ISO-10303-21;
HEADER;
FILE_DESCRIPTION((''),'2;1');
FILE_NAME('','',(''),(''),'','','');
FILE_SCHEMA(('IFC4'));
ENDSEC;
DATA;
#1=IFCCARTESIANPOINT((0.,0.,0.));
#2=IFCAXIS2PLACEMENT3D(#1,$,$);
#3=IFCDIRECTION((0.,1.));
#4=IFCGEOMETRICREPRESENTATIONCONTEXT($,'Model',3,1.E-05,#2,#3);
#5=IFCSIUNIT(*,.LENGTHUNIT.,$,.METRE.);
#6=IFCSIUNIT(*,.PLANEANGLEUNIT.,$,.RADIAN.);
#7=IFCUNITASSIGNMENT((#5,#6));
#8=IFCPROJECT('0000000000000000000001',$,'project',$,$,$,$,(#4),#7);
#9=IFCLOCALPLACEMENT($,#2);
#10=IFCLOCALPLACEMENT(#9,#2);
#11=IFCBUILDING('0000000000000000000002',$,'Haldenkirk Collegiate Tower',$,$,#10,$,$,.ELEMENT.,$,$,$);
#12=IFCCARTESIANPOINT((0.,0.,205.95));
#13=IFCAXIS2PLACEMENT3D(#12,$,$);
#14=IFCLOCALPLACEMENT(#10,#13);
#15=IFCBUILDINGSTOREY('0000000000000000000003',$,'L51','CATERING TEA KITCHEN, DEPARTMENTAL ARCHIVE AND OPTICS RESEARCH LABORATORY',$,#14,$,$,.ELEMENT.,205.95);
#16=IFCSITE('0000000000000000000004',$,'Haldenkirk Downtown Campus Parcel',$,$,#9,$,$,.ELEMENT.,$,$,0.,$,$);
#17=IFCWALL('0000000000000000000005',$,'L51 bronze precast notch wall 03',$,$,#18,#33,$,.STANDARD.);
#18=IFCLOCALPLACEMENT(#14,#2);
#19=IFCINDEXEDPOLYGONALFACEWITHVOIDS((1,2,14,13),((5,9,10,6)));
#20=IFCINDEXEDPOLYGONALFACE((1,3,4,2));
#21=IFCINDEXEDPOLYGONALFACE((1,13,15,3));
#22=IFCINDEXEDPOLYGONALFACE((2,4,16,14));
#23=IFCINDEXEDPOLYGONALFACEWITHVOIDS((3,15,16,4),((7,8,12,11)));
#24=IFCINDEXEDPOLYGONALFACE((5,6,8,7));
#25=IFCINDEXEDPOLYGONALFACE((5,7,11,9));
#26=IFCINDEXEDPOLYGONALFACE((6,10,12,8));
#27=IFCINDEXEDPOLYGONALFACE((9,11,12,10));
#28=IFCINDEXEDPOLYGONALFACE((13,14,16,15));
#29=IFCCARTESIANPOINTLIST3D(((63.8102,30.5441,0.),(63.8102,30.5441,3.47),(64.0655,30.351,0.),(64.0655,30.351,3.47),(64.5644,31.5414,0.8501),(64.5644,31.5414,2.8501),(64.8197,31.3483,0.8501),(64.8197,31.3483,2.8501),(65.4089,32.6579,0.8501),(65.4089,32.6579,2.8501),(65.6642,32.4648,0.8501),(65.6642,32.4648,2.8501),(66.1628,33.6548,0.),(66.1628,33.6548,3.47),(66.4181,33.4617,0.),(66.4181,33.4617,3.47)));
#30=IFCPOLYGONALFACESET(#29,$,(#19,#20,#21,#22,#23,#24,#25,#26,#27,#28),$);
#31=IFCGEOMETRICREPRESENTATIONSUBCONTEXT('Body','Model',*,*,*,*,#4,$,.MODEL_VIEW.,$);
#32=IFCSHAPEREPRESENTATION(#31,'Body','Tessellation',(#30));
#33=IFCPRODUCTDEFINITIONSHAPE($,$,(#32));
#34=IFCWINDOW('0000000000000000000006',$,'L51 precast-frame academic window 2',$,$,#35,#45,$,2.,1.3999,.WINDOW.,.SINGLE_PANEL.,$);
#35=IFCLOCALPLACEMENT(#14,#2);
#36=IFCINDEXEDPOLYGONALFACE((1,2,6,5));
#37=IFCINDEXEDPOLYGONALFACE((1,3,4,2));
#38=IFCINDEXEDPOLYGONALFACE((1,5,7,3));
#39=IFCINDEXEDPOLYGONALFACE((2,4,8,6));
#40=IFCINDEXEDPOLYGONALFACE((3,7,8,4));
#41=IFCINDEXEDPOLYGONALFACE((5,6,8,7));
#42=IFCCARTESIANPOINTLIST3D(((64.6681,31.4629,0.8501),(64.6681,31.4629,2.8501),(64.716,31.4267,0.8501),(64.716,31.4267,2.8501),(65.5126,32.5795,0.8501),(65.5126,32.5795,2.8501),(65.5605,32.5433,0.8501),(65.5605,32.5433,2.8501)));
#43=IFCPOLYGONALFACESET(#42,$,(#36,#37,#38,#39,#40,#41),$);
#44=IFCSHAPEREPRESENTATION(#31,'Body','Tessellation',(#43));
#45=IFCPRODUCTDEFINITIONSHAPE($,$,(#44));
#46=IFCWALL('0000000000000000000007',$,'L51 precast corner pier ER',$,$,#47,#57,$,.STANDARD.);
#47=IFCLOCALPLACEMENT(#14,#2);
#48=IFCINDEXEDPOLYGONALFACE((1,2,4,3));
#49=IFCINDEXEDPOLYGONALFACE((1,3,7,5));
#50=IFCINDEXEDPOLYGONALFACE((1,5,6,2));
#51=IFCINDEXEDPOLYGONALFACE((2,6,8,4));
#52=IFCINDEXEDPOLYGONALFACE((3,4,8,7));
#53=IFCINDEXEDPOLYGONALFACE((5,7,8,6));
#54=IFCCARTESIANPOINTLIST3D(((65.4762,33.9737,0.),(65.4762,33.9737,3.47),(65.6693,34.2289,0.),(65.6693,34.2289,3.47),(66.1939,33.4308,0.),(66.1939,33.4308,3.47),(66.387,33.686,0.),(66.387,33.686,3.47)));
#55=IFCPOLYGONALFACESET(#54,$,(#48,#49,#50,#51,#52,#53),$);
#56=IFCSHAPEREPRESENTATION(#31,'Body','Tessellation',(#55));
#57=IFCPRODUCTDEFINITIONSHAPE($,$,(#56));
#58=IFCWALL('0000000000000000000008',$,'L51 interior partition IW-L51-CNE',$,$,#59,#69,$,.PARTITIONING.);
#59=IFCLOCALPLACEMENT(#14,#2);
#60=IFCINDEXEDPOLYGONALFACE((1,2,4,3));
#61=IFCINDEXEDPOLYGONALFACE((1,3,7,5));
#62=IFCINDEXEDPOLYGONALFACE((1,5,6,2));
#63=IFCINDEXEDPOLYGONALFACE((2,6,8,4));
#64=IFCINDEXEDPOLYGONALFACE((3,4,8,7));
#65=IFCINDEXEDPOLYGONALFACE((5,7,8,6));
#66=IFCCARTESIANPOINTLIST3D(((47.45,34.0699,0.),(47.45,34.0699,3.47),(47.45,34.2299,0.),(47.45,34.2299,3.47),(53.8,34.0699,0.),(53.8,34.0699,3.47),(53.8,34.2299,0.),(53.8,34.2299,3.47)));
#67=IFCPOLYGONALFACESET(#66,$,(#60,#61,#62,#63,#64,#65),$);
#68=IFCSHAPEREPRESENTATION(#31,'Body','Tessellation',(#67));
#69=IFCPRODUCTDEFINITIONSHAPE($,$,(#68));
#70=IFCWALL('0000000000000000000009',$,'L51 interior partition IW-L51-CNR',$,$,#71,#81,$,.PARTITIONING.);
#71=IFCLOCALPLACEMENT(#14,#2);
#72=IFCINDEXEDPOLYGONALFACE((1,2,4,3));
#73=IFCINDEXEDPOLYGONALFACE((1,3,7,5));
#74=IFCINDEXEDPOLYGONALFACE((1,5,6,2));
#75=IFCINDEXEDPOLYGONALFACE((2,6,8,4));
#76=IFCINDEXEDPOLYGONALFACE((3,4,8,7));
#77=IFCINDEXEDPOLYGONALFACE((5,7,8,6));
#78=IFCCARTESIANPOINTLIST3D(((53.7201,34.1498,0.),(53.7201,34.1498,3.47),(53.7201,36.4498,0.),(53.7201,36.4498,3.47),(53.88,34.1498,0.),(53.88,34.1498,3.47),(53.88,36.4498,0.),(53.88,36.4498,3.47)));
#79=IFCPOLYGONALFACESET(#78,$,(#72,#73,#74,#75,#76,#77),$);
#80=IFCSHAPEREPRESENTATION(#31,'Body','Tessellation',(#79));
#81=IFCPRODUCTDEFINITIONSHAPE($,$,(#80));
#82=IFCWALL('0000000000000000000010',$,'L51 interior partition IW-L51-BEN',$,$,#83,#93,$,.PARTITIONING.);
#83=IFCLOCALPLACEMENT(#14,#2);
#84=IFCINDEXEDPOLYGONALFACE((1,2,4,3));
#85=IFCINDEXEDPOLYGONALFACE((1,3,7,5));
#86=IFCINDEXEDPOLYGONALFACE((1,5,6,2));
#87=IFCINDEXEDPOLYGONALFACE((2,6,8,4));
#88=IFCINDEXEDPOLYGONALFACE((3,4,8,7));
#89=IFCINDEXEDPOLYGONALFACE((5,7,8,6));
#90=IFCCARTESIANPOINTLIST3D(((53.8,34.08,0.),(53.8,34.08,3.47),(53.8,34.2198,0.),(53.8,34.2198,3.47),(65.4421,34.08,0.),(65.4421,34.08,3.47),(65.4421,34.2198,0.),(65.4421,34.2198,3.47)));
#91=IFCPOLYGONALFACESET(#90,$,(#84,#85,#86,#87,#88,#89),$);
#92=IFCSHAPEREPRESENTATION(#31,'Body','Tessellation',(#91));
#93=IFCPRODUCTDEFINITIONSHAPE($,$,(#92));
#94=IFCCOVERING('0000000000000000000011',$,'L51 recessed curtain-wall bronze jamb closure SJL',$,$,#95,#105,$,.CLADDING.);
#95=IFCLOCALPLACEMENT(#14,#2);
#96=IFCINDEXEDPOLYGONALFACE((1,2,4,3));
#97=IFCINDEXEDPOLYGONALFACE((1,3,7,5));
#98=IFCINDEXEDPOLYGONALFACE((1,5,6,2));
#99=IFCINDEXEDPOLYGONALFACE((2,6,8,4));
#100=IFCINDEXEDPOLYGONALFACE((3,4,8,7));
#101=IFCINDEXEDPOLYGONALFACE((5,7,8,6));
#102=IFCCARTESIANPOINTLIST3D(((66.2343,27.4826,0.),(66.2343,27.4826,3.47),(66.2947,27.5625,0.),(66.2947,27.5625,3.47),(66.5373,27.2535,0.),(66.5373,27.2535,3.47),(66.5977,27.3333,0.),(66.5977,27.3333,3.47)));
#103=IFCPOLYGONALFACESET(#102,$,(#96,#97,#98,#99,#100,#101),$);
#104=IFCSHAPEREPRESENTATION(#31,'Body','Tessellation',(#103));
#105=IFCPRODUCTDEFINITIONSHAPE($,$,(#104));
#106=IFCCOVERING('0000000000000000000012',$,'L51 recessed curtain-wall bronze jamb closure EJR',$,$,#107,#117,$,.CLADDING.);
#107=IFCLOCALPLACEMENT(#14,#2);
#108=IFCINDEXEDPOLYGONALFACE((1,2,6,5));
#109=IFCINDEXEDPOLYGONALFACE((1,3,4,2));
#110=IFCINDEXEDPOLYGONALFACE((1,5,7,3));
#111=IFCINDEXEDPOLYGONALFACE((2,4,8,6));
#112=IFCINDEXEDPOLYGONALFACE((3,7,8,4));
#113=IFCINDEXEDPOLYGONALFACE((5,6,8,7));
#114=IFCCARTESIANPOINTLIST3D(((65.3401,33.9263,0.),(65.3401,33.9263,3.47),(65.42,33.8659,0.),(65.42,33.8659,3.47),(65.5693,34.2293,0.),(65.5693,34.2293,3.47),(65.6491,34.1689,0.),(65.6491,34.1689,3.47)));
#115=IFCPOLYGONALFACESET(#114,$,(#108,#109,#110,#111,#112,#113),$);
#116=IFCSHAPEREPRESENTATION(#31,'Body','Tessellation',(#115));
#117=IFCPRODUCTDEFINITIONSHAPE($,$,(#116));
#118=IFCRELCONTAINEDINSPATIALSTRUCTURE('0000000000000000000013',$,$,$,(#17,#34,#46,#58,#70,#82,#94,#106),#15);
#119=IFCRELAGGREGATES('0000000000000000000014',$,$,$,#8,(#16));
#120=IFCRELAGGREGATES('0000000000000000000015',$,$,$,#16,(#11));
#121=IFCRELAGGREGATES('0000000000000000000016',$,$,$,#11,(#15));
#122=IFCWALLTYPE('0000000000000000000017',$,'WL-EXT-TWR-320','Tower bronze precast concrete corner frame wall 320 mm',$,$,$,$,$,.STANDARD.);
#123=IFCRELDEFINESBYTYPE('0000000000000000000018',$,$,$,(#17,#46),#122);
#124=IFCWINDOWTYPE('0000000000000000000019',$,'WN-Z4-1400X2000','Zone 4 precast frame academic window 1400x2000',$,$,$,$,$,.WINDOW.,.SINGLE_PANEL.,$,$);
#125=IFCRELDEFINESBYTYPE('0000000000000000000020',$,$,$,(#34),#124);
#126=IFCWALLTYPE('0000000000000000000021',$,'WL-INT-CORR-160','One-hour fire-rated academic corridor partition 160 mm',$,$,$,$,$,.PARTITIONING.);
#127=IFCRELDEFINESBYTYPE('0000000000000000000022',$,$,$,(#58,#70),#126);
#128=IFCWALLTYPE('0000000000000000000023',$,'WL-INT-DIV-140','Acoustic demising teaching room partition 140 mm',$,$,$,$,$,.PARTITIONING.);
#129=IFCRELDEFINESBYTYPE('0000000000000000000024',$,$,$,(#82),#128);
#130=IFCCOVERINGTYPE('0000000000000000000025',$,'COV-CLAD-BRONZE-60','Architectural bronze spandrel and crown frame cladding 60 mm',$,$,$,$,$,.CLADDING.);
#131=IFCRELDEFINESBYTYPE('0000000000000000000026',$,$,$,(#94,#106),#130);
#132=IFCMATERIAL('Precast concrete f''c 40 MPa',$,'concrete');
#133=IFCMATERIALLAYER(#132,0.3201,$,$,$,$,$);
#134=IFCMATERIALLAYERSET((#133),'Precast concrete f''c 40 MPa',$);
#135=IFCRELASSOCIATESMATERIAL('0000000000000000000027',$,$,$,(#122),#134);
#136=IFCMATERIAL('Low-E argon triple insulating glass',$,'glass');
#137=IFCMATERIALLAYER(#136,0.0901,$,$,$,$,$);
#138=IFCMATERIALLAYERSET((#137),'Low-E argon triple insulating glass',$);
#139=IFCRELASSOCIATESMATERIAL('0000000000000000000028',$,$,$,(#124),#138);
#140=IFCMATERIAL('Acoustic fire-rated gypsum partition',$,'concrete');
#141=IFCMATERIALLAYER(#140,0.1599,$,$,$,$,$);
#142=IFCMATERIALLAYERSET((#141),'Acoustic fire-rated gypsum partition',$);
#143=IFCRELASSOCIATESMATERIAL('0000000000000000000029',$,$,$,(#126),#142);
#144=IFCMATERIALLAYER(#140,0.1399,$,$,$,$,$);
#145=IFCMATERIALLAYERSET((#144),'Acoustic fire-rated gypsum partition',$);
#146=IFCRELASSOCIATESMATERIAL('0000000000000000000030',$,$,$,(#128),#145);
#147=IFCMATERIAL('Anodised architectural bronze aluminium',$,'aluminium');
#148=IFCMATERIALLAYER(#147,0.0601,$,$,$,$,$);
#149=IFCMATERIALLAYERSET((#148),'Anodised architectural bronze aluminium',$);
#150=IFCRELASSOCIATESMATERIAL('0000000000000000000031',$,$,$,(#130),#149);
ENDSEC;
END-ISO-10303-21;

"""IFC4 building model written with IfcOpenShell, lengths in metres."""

from ifc_helpers import new_model, si_unit, direction, frame, frame_2d, origin, origin_2d, place, context, subcontext, project, spatial, rectangle, extrude, source, transform, mapped, material, layer, layer_set, type_object, element, fill, save


model = new_model("IFC4")

# Units and contexts
model_context = context("Model", 3, precision=1e-05, world=origin(), true_north=direction((0.0, 1.0)))
body_context = subcontext(model_context, "Body", "Model", "MODEL_VIEW")
ifc_project = project(units=[si_unit("LENGTHUNIT", "METRE"), si_unit("PLANEANGLEUNIT", "RADIAN")], contexts=[model_context])

# Site, building, storey
site_placement = place(None, origin())
site = spatial("IfcSite", under=ifc_project, at=site_placement, Name="Haldenkirk Downtown Campus Parcel", CompositionType="ELEMENT", RefElevation=0.0)
building_placement = place(site_placement, origin())
building = spatial("IfcBuilding", under=site, at=building_placement, Name="Haldenkirk Collegiate Tower", CompositionType="ELEMENT")
storey_placement = place(building_placement, frame((0.0, 0.0, 205.95)))
storey = spatial("IfcBuildingStorey", under=building, at=storey_placement, Name="L51", Description="CATERING TEA KITCHEN, DEPARTMENTAL ARCHIVE AND OPTICS RESEARCH LABORATORY", CompositionType="ELEMENT", Elevation=205.95)

# Shared definitions
ifc_material_1 = material(Name="Anodised architectural bronze aluminium", Category="aluminium")

# Shared definitions
ifc_material_2 = material(Name="Low-E argon triple insulating glass", Category="glass")

# Shared definitions
ifc_material_3 = material(Name="Precast concrete f'c 40 MPa", Category="concrete")
ifc_layer_1 = layer(ifc_material_3, 0.3201)
ifc_layer_set_1 = layer_set([ifc_layer_1], Name="Precast concrete f'c 40 MPa")
wall_type_1 = type_object("IfcWallType", Name="WL-EXT-TWR-320", Description="Tower bronze precast concrete corner frame wall 320 mm", PredefinedType="STANDARD", material=ifc_layer_set_1)

# Wall, opening, window
wall_1_placement = place(storey_placement, frame((66.2905, 33.5583, 0.0), z_axis=(0.0, 0.0, 1.0), x_axis=(-0.60321, -0.797582, 0.0)))
wall_1 = element("IfcWall", 1, at=wall_1_placement, inside=storey, type_object=wall_type_1, Name="L51 bronze precast notch wall 03", PredefinedType="STANDARD", context=body_context, shape_type="SweptSolid", body=[
    extrude(rectangle(XDim=3.9001, YDim=0.3201, at=frame_2d((1.9502, 0.0))), origin(), (0.0, 0.0, 1.0), 3.47),
])
opening_placement = place(wall_1_placement, frame((1.25, 0.0, 0.8501)))
opening = element("IfcOpeningElement", 2, at=opening_placement, cuts=wall_1, PredefinedType="OPENING", context=body_context, shape_type="SweptSolid", body=[
    extrude(rectangle(XDim=1.3999, YDim=2.0, at=frame_2d((0.7, 1.0))), frame((0.0, 0.1699, 0.0), z_axis=(0.0, -1.0, 0.0), x_axis=(1.0, 0.0, 0.0)), (0.0, 0.0, 1.0), 0.3401),
])
ifc_layer_2 = layer(ifc_material_2, 0.0901)
ifc_layer_set_2 = layer_set([ifc_layer_2], Name="Low-E argon triple insulating glass")
window_type = type_object("IfcWindowType", Name="WN-Z4-1400X2000", Description="Zone 4 precast frame academic window 1400x2000", PartitioningType="SINGLE_PANEL", PredefinedType="WINDOW", material=ifc_layer_set_2)
window_placement = place(opening_placement, origin())
window = element("IfcWindow", 3, at=window_placement, inside=storey, type_object=window_type, Name="L51 precast-frame academic window 2", OverallHeight=2.0, OverallWidth=1.3999, PartitioningType="SINGLE_PANEL", PredefinedType="WINDOW", context=body_context, shape_type="SweptSolid", body=[
    extrude(rectangle(XDim=1.3999, YDim=2.0, at=frame_2d((0.7, 1.0))), frame((0.0, 0.03, 0.0), z_axis=(0.0, -1.0, 0.0), x_axis=(1.0, 0.0, 0.0)), (0.0, 0.0, 1.0), 0.0601),
])
fill(opening, window)

# Walls
wall_2_placement = place(storey_placement, frame((65.5728, 34.1013, 0.0), z_axis=(0.0, 0.0, 1.0), x_axis=(0.797519, -0.603293, 0.0)))
element("IfcWall", 4, at=wall_2_placement, inside=storey, type_object=wall_type_1, Name="L51 precast corner pier ER", PredefinedType="STANDARD", context=body_context, shape_type="SweptSolid", body=[
    extrude(rectangle(XDim=0.8999, YDim=0.3201, at=frame_2d((0.45, 0.0))), origin(), (0.0, 0.0, 1.0), 3.47),
])
ifc_material_4 = material(Name="Acoustic fire-rated gypsum partition", Category="concrete")
ifc_layer_3 = layer(ifc_material_4, 0.1599)
ifc_layer_set_3 = layer_set([ifc_layer_3], Name="Acoustic fire-rated gypsum partition")
wall_type_2 = type_object("IfcWallType", Name="WL-INT-CORR-160", Description="One-hour fire-rated academic corridor partition 160 mm", PredefinedType="PARTITIONING", material=ifc_layer_set_3)
wall_3_placement = place(storey_placement, frame((47.45, 34.1499, 0.0), z_axis=(0.0, 0.0, 1.0), x_axis=(1.0, 0.0, 0.0)))
element("IfcWall", 5, at=wall_3_placement, inside=storey, type_object=wall_type_2, Name="L51 interior partition IW-L51-CNE", PredefinedType="PARTITIONING", context=body_context, shape_type="SweptSolid", body=[
    extrude(rectangle(XDim=6.3501, YDim=0.1599, at=frame_2d((3.175, 0.0))), origin(), (0.0, 0.0, 1.0), 3.47),
])
wall_4_placement = place(storey_placement, frame((53.8, 34.1499, 0.0), z_axis=(0.0, 0.0, 1.0), x_axis=(0.0, 1.0, 0.0)))
element("IfcWall", 6, at=wall_4_placement, inside=storey, type_object=wall_type_2, Name="L51 interior partition IW-L51-CNR", PredefinedType="PARTITIONING", context=body_context, shape_type="SweptSolid", body=[
    extrude(rectangle(XDim=2.3, YDim=0.1599, at=frame_2d((1.1499, 0.0))), origin(), (0.0, 0.0, 1.0), 3.47),
])
ifc_layer_4 = layer(ifc_material_4, 0.1399)
ifc_layer_set_4 = layer_set([ifc_layer_4], Name="Acoustic fire-rated gypsum partition")
wall_type_3 = type_object("IfcWallType", Name="WL-INT-DIV-140", Description="Acoustic demising teaching room partition 140 mm", PredefinedType="PARTITIONING", material=ifc_layer_set_4)
wall_5_placement = place(storey_placement, frame((53.8, 34.1499, 0.0), z_axis=(0.0, 0.0, 1.0), x_axis=(1.0, 0.0, 0.0)))
element("IfcWall", 7, at=wall_5_placement, inside=storey, type_object=wall_type_3, Name="L51 interior partition IW-L51-BEN", PredefinedType="PARTITIONING", context=body_context, shape_type="SweptSolid", body=[
    extrude(rectangle(XDim=11.6421, YDim=0.1399, at=frame_2d((5.821, 0.0))), origin(), (0.0, 0.0, 1.0), 3.47),
])

# Coverings
ifc_layer_5 = layer(ifc_material_1, 0.0601)
ifc_layer_set_5 = layer_set([ifc_layer_5], Name="Anodised architectural bronze aluminium")
covering_type = type_object("IfcCoveringType", Name="COV-CLAD-BRONZE-60", Description="Architectural bronze spandrel and crown frame cladding 60 mm", PredefinedType="CLADDING", material=ifc_layer_set_5)
shared_shape_1 = source(origin(), body_context, "Body", "SweptSolid", [
    extrude(rectangle(XDim=0.1001, YDim=0.3799, at=origin_2d()), origin(), (0.0, 0.0, 1.0), 3.47),
])
for number, where, z_axis, x_axis, name in (
    (8, (66.416, 27.408, 0.0), (0.0, 0.0, 1.0), (-0.603208, -0.797584, 0.0), "L51 recessed curtain-wall bronze jamb closure SJL"),
    (9, (65.4946, 34.0476, 0.0), (0.0, 0.0, 1.0), (0.797584, -0.603208, 0.0), "L51 recessed curtain-wall bronze jamb closure EJR"),
):
    element("IfcCovering", number, at=place(storey_placement, frame(where, z_axis=z_axis, x_axis=x_axis)), inside=storey, type_object=covering_type, Name=name, PredefinedType="CLADDING", context=body_context, shape_type="MappedRepresentation", body=[
        mapped(shared_shape_1, transform((0.0, 0.0, 0.0), x_axis=(1.0, 0.0, 0.0), y_axis=(0.0, 1.0, 0.0), z_axis=(0.0, 0.0, 1.0), scale=1.0)),
    ])

save(model, "model.ifc")
